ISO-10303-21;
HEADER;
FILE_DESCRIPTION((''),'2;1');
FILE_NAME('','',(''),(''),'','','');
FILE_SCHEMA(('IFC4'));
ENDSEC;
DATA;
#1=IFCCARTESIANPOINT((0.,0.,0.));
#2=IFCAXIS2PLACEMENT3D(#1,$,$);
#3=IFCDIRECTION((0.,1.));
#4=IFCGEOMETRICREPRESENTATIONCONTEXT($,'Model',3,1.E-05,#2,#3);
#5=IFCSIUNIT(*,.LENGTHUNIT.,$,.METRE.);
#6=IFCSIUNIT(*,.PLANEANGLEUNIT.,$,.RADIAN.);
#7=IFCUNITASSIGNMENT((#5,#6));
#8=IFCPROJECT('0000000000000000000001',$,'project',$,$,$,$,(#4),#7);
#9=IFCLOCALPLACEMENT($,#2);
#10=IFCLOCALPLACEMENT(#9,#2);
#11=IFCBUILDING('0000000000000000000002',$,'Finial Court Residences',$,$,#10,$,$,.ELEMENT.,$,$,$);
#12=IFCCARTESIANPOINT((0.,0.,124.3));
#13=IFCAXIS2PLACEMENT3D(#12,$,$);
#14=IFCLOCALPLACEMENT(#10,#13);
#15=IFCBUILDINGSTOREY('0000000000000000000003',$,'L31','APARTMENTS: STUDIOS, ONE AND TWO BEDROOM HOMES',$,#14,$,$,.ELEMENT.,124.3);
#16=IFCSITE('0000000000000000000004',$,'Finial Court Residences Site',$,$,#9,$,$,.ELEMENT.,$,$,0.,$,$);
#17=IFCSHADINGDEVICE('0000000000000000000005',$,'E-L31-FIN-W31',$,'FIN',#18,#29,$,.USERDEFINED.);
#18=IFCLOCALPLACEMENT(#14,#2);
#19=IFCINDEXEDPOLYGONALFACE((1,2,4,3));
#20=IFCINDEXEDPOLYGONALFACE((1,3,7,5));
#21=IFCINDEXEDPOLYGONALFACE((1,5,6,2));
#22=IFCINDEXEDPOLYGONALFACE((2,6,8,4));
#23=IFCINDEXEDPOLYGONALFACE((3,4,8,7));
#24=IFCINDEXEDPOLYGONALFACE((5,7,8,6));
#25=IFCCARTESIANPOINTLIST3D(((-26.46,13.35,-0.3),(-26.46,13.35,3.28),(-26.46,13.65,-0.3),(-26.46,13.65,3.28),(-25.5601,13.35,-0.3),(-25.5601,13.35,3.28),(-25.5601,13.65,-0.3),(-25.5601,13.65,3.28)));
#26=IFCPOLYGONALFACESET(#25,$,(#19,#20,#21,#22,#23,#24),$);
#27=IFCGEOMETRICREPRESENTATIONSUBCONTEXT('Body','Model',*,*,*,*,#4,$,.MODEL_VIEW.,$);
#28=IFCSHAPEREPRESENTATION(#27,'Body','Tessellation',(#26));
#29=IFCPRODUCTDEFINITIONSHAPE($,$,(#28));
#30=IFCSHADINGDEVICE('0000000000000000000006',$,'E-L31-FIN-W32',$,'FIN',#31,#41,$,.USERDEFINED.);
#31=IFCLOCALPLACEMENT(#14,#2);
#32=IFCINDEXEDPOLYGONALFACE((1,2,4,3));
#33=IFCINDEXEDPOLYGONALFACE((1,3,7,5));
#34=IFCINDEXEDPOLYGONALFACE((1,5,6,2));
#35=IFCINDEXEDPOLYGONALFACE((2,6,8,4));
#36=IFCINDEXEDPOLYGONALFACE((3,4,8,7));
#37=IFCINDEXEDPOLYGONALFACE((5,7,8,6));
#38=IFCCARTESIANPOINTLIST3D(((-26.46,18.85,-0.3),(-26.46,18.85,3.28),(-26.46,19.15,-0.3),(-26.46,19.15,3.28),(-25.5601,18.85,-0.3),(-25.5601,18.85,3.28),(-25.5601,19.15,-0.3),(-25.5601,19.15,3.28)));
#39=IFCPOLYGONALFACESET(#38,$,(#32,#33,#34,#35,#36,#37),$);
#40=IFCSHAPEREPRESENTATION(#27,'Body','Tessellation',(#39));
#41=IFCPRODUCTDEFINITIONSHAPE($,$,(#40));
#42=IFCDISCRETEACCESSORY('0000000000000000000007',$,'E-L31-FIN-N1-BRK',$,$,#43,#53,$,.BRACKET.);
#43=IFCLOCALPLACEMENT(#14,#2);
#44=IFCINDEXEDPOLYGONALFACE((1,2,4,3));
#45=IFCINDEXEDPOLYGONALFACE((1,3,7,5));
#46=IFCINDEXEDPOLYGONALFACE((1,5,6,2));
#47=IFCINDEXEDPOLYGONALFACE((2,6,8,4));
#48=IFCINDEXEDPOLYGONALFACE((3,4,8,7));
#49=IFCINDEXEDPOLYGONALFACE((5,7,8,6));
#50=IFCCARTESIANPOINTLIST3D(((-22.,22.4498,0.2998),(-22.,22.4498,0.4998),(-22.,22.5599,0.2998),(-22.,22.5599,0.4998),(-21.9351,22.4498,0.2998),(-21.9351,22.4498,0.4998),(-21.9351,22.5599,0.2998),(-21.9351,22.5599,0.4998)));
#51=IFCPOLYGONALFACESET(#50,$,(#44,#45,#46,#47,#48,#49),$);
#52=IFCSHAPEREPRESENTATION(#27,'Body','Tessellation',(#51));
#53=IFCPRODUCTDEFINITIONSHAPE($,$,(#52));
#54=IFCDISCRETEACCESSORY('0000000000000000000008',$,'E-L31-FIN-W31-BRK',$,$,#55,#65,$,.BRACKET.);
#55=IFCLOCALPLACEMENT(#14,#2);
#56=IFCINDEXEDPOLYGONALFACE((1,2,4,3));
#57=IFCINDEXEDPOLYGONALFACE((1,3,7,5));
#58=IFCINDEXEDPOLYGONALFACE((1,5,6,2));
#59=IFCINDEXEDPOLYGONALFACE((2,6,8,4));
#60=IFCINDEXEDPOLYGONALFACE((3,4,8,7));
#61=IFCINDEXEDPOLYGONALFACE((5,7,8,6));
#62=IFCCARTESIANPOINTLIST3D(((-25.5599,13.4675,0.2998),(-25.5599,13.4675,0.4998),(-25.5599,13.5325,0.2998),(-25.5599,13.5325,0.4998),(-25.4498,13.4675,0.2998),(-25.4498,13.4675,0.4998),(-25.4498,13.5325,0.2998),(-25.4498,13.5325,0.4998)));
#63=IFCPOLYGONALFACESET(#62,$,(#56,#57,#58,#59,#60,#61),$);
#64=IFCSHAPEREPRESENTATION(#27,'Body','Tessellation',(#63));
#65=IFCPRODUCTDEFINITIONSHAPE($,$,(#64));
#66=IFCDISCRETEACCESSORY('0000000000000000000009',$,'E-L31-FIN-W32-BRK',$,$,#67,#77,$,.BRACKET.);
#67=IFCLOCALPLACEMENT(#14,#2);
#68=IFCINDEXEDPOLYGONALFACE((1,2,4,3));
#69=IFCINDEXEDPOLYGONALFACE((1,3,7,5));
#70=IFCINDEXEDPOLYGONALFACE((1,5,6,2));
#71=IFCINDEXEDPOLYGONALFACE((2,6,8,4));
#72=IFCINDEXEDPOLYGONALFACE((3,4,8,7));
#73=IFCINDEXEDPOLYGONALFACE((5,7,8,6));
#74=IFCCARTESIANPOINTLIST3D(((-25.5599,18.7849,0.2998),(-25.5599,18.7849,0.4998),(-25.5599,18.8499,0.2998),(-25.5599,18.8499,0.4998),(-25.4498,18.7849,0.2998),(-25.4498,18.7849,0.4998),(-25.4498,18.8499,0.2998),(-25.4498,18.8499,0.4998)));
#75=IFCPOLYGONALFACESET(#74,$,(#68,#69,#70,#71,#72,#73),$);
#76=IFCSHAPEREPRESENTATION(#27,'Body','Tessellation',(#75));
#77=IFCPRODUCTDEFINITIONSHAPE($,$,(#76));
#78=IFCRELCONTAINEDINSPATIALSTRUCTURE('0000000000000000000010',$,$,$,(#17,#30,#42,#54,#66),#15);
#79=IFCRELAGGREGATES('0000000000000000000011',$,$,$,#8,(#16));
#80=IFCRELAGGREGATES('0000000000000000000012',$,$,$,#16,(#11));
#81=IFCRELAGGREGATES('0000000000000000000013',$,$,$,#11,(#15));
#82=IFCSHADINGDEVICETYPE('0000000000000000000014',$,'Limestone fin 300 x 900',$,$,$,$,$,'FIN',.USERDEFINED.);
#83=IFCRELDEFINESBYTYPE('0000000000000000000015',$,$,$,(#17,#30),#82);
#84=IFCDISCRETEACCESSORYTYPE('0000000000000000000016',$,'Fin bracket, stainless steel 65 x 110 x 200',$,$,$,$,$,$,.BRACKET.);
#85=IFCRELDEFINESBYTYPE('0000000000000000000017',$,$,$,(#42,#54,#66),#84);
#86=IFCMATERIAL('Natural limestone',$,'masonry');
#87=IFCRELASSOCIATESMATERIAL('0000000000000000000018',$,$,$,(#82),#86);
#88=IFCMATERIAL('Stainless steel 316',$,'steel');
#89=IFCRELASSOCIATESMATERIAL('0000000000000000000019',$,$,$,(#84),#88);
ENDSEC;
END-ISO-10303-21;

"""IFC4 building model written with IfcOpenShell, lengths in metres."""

from ifc_helpers import new_model, si_unit, direction, frame, origin, origin_2d, place, context, subcontext, project, spatial, rectangle, extrude, material, type_object, element, save


model = new_model("IFC4")

# Units and contexts
model_context = context("Model", 3, precision=1e-05, world=origin(), true_north=direction((0.0, 1.0)))
body_context = subcontext(model_context, "Body", "Model", "MODEL_VIEW")
ifc_project = project(units=[si_unit("LENGTHUNIT", "METRE"), si_unit("PLANEANGLEUNIT", "RADIAN")], contexts=[model_context])

# Site, building, storey
site_placement = place(None, origin())
site = spatial("IfcSite", under=ifc_project, at=site_placement, Name="Finial Court Residences Site", CompositionType="ELEMENT", RefElevation=0.0)
building_placement = place(site_placement, origin())
building = spatial("IfcBuilding", under=site, at=building_placement, Name="Finial Court Residences", CompositionType="ELEMENT")
storey_placement = place(building_placement, frame((0.0, 0.0, 124.3)))
storey = spatial("IfcBuildingStorey", under=building, at=storey_placement, Name="L31", Description="APARTMENTS: STUDIOS, ONE AND TWO BEDROOM HOMES", CompositionType="ELEMENT", Elevation=124.3)

# Shared definitions
ifc_material_1 = material(Name="Natural limestone", Category="masonry")

# Shading devices
shading_device_type = type_object("IfcShadingDeviceType", Name="Limestone fin 300 x 900", ElementType="FIN", PredefinedType="USERDEFINED", material=ifc_material_1)
for number, where, z_axis, x_axis, name in (
    (1, (-26.01, 13.5, -0.3), (0.0, 0.0, 1.0), (1.0, 0.0, 0.0), "E-L31-FIN-W31"),
    (2, (-26.01, 19.0, -0.3), (0.0, 0.0, 1.0), (1.0, 0.0, 0.0), "E-L31-FIN-W32"),
):
    element("IfcShadingDevice", number, at=place(storey_placement, frame(where, z_axis=z_axis, x_axis=x_axis)), inside=storey, type_object=shading_device_type, Name=name, ObjectType="FIN", PredefinedType="USERDEFINED", context=body_context, shape_type="SweptSolid", body=[
        extrude(rectangle(XDim=0.8999, YDim=0.3, at=origin_2d()), origin(), (0.0, 0.0, 1.0), 3.5801),
    ])

# Discrete accessories
ifc_material_2 = material(Name="Stainless steel 316", Category="steel")
discrete_accessory_type = type_object("IfcDiscreteAccessoryType", Name="Fin bracket, stainless steel 65 x 110 x 200", PredefinedType="BRACKET", material=ifc_material_2)
discrete_accessory_placement = place(storey_placement, frame((-21.9675, 22.5049, 0.2998), z_axis=(0.0, 0.0, 1.0), x_axis=(1.0, 0.0, 0.0)))
element("IfcDiscreteAccessory", 3, at=discrete_accessory_placement, inside=storey, type_object=discrete_accessory_type, Name="E-L31-FIN-N1-BRK", PredefinedType="BRACKET", context=body_context, shape_type="SweptSolid", body=[
    extrude(rectangle(XDim=0.0649, YDim=0.1101, at=origin_2d()), origin(), (0.0, 0.0, 1.0), 0.2),
])
for number, where, z_axis, x_axis, name in (
    (4, (-25.5049, 13.5, 0.2998), (0.0, 0.0, 1.0), (1.0, 0.0, 0.0), "E-L31-FIN-W31-BRK"),
    (5, (-25.5049, 18.8174, 0.2998), (0.0, 0.0, 1.0), (1.0, 0.0, 0.0), "E-L31-FIN-W32-BRK"),
):
    element("IfcDiscreteAccessory", number, at=place(storey_placement, frame(where, z_axis=z_axis, x_axis=x_axis)), inside=storey, type_object=discrete_accessory_type, Name=name, PredefinedType="BRACKET", context=body_context, shape_type="SweptSolid", body=[
        extrude(rectangle(XDim=0.1101, YDim=0.0649, at=origin_2d()), origin(), (0.0, 0.0, 1.0), 0.2),
    ])

save(model, "model.ifc")
